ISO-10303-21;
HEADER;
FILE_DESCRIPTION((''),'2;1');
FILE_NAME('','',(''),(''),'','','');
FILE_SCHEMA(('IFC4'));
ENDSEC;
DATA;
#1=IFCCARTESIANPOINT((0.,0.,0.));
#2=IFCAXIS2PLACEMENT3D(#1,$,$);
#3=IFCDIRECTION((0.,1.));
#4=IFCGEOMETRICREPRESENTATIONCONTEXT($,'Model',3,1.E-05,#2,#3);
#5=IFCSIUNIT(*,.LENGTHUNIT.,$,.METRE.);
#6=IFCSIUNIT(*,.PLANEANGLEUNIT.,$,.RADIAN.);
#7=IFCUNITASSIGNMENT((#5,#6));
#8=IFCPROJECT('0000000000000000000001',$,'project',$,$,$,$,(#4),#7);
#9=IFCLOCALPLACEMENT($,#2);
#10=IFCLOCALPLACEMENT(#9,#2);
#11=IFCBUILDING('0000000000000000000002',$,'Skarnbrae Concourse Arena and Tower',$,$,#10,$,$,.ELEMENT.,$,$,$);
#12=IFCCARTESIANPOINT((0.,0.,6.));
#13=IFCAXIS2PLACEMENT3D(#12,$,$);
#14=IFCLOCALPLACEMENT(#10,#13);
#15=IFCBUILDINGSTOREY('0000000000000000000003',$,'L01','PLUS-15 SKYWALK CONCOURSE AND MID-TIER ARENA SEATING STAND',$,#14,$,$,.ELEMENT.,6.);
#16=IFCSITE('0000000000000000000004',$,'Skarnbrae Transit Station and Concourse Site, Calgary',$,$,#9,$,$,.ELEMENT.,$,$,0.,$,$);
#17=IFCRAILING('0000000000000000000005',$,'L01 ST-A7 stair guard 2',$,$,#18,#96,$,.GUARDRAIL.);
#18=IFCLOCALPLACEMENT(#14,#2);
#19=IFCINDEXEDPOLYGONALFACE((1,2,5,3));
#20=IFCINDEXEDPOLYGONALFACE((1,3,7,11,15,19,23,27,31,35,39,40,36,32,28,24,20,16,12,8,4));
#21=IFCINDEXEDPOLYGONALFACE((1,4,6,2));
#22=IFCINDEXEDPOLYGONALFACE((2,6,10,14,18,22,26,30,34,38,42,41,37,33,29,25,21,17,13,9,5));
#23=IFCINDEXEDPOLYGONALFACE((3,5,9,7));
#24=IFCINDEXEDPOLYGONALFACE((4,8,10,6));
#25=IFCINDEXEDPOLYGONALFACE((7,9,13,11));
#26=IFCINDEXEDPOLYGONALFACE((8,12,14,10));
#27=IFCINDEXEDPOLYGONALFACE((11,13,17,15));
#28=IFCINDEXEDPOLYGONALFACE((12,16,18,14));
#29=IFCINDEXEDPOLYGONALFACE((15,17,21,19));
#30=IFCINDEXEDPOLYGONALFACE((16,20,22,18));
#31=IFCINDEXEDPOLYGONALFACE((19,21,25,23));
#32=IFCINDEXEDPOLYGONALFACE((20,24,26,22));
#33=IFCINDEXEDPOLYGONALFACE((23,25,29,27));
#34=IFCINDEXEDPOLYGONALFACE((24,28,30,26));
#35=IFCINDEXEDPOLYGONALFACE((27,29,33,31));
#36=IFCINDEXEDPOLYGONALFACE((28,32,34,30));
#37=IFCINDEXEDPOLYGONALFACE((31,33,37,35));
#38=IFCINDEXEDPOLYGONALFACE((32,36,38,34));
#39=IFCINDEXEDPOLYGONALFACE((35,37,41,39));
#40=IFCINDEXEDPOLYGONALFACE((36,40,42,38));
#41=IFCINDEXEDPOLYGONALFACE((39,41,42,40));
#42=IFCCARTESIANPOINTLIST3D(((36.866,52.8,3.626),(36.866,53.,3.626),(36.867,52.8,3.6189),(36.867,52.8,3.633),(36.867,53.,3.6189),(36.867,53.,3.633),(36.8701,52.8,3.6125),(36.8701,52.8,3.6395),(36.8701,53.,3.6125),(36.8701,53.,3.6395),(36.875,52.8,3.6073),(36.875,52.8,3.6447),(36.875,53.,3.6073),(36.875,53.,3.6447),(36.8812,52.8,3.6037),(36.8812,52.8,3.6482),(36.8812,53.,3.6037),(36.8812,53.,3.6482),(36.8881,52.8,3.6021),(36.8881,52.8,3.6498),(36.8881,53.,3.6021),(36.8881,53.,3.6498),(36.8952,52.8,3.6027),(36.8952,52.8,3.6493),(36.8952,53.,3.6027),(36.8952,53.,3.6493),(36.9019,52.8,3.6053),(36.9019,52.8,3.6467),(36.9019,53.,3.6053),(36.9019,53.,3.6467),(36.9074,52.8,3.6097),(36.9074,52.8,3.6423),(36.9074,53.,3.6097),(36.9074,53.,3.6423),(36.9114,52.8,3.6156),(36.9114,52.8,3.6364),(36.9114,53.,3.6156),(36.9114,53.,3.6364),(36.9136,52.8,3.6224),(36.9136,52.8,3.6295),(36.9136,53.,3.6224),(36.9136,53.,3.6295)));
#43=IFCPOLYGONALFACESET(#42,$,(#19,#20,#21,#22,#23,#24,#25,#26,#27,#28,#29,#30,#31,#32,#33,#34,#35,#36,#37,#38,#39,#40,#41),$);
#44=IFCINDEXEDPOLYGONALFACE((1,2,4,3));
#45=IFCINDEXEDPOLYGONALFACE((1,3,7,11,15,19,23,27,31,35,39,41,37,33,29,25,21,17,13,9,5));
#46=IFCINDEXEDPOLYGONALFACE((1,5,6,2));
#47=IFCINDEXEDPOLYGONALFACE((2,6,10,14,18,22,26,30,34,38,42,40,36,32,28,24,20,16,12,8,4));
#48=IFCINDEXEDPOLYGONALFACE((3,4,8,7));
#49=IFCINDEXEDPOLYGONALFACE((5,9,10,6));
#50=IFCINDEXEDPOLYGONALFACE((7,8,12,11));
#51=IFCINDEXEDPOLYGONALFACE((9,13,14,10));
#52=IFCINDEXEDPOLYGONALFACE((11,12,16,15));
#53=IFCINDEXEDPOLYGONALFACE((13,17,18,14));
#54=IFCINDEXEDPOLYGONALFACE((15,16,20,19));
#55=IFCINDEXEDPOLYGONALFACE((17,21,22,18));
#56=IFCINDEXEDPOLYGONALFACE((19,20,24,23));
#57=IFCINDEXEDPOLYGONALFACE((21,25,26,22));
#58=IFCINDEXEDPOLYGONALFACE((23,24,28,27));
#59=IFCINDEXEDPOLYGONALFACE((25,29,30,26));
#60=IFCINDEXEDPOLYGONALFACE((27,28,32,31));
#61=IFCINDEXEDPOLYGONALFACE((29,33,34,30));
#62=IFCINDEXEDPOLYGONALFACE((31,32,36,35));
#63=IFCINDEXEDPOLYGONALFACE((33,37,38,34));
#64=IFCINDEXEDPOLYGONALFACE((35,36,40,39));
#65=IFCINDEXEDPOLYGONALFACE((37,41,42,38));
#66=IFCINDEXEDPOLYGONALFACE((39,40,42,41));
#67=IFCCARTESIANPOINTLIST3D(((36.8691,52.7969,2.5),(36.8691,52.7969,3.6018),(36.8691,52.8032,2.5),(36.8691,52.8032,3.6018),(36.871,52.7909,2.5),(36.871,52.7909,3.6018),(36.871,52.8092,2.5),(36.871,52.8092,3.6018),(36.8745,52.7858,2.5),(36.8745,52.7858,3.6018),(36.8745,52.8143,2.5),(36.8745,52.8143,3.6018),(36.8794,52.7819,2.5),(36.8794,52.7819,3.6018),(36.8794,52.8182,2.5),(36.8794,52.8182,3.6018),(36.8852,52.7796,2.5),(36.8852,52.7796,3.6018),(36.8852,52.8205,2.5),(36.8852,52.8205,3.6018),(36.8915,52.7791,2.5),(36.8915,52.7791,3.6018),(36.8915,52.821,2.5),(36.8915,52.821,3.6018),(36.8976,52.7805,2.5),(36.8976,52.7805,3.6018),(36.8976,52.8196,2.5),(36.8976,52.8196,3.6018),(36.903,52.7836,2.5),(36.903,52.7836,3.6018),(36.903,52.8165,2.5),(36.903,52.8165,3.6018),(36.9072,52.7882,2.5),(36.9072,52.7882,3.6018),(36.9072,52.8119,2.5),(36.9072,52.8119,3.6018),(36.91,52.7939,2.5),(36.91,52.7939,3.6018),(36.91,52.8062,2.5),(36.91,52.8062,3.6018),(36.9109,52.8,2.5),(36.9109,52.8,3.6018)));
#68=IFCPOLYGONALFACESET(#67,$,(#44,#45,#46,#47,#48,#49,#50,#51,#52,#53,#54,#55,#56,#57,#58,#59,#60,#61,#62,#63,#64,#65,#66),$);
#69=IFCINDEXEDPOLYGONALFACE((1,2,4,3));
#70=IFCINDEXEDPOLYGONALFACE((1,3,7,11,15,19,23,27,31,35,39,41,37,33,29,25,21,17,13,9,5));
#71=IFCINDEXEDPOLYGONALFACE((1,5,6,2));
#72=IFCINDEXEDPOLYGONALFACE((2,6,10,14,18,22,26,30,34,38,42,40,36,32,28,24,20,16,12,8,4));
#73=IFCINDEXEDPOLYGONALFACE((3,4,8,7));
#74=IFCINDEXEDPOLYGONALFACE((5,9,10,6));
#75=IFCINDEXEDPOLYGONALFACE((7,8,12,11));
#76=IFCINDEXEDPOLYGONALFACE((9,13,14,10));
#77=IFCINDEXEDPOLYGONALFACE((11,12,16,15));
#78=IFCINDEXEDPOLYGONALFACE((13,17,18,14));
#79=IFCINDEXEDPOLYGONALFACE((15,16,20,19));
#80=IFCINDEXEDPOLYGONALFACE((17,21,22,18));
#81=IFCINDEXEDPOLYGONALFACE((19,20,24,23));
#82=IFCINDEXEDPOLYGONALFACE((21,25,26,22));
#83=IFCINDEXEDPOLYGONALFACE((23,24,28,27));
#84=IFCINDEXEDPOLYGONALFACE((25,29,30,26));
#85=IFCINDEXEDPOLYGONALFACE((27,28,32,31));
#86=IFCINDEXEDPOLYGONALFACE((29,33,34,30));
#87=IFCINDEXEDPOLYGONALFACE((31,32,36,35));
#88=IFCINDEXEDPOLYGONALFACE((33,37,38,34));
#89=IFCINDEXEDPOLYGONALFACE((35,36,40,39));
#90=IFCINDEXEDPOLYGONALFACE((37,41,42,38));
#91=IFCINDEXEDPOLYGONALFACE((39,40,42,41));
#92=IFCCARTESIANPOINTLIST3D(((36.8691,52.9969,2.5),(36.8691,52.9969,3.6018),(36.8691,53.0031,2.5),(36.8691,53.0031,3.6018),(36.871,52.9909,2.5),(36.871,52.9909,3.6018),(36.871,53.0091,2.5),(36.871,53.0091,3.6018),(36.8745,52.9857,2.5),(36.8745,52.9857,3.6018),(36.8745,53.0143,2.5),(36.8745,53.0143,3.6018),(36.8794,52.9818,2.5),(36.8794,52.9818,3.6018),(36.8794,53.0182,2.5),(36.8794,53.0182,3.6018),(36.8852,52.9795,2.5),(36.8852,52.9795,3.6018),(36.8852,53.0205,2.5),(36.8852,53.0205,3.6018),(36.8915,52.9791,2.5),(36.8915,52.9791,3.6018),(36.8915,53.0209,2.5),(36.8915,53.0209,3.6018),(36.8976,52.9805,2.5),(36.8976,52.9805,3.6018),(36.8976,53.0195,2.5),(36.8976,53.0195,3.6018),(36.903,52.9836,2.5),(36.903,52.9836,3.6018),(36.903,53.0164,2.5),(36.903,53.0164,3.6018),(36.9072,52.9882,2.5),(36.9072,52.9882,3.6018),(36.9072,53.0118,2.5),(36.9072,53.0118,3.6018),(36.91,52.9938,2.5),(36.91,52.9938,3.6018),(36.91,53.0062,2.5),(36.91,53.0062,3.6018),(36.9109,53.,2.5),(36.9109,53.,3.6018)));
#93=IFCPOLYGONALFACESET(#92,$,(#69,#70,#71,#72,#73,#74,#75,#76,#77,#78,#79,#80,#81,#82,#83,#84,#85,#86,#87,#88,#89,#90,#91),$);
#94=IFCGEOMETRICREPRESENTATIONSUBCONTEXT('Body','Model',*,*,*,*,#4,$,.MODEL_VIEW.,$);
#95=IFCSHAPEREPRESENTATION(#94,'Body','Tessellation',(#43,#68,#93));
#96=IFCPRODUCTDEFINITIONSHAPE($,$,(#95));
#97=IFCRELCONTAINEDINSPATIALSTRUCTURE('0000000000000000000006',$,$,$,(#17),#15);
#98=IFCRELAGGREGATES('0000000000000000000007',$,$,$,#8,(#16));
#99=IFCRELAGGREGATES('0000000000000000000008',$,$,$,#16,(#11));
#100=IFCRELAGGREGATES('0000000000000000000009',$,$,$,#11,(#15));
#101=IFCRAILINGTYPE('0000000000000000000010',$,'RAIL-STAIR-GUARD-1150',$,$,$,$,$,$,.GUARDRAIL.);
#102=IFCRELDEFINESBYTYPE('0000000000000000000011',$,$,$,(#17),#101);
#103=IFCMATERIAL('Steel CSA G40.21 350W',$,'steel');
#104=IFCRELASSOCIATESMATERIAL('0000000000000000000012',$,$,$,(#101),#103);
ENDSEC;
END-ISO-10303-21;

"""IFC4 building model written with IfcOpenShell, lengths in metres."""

from ifc_helpers import new_model, si_unit, direction, frame, origin, origin_2d, place, context, subcontext, project, spatial, circle, extrude, material, type_object, element, save


model = new_model("IFC4")

# Units and contexts
model_context = context("Model", 3, precision=1e-05, world=origin(), true_north=direction((0.0, 1.0)))
body_context = subcontext(model_context, "Body", "Model", "MODEL_VIEW")
ifc_project = project(units=[si_unit("LENGTHUNIT", "METRE"), si_unit("PLANEANGLEUNIT", "RADIAN")], contexts=[model_context])

# Site, building, storey
site_placement = place(None, origin())
site = spatial("IfcSite", under=ifc_project, at=site_placement, Name="Skarnbrae Transit Station and Concourse Site, Calgary", CompositionType="ELEMENT", RefElevation=0.0)
building_placement = place(site_placement, origin())
building = spatial("IfcBuilding", under=site, at=building_placement, Name="Skarnbrae Concourse Arena and Tower", CompositionType="ELEMENT")
storey_placement = place(building_placement, frame((0.0, 0.0, 6.0)))
storey = spatial("IfcBuildingStorey", under=building, at=storey_placement, Name="L01", Description="PLUS-15 SKYWALK CONCOURSE AND MID-TIER ARENA SEATING STAND", CompositionType="ELEMENT", Elevation=6.0)

# Shared definitions
ifc_material_1 = material(Name="Steel CSA G40.21 350W", Category="steel")

# Railing
railing_type_1 = type_object("IfcRailingType", Name="RAIL-STAIR-GUARD-1150", PredefinedType="GUARDRAIL", material=ifc_material_1)
railing_1_placement = place(storey_placement, frame((36.8899, 52.8, 2.5)))
element("IfcRailing", 1, at=railing_1_placement, inside=storey, type_object=railing_type_1, Name="L01 ST-A7 stair guard 2", PredefinedType="GUARDRAIL", context=body_context, shape_type="SweptSolid", body=[
    extrude(circle(Radius=0.0239, at=origin_2d()), frame((0.0, 0.0, 1.126), z_axis=(0.0, 1.0, 0.0), x_axis=(-1.0, 0.0, 0.0)), (0.0, 0.0, 1.0), 0.2),
    extrude(circle(Radius=0.021, at=origin_2d()), origin(), (0.0, 0.0, 1.0), 1.1018),
    extrude(circle(Radius=0.021, at=origin_2d()), frame((0.0, 0.2, 0.0)), (0.0, 0.0, 1.0), 1.1018),
])

save(model, "model.ifc")
